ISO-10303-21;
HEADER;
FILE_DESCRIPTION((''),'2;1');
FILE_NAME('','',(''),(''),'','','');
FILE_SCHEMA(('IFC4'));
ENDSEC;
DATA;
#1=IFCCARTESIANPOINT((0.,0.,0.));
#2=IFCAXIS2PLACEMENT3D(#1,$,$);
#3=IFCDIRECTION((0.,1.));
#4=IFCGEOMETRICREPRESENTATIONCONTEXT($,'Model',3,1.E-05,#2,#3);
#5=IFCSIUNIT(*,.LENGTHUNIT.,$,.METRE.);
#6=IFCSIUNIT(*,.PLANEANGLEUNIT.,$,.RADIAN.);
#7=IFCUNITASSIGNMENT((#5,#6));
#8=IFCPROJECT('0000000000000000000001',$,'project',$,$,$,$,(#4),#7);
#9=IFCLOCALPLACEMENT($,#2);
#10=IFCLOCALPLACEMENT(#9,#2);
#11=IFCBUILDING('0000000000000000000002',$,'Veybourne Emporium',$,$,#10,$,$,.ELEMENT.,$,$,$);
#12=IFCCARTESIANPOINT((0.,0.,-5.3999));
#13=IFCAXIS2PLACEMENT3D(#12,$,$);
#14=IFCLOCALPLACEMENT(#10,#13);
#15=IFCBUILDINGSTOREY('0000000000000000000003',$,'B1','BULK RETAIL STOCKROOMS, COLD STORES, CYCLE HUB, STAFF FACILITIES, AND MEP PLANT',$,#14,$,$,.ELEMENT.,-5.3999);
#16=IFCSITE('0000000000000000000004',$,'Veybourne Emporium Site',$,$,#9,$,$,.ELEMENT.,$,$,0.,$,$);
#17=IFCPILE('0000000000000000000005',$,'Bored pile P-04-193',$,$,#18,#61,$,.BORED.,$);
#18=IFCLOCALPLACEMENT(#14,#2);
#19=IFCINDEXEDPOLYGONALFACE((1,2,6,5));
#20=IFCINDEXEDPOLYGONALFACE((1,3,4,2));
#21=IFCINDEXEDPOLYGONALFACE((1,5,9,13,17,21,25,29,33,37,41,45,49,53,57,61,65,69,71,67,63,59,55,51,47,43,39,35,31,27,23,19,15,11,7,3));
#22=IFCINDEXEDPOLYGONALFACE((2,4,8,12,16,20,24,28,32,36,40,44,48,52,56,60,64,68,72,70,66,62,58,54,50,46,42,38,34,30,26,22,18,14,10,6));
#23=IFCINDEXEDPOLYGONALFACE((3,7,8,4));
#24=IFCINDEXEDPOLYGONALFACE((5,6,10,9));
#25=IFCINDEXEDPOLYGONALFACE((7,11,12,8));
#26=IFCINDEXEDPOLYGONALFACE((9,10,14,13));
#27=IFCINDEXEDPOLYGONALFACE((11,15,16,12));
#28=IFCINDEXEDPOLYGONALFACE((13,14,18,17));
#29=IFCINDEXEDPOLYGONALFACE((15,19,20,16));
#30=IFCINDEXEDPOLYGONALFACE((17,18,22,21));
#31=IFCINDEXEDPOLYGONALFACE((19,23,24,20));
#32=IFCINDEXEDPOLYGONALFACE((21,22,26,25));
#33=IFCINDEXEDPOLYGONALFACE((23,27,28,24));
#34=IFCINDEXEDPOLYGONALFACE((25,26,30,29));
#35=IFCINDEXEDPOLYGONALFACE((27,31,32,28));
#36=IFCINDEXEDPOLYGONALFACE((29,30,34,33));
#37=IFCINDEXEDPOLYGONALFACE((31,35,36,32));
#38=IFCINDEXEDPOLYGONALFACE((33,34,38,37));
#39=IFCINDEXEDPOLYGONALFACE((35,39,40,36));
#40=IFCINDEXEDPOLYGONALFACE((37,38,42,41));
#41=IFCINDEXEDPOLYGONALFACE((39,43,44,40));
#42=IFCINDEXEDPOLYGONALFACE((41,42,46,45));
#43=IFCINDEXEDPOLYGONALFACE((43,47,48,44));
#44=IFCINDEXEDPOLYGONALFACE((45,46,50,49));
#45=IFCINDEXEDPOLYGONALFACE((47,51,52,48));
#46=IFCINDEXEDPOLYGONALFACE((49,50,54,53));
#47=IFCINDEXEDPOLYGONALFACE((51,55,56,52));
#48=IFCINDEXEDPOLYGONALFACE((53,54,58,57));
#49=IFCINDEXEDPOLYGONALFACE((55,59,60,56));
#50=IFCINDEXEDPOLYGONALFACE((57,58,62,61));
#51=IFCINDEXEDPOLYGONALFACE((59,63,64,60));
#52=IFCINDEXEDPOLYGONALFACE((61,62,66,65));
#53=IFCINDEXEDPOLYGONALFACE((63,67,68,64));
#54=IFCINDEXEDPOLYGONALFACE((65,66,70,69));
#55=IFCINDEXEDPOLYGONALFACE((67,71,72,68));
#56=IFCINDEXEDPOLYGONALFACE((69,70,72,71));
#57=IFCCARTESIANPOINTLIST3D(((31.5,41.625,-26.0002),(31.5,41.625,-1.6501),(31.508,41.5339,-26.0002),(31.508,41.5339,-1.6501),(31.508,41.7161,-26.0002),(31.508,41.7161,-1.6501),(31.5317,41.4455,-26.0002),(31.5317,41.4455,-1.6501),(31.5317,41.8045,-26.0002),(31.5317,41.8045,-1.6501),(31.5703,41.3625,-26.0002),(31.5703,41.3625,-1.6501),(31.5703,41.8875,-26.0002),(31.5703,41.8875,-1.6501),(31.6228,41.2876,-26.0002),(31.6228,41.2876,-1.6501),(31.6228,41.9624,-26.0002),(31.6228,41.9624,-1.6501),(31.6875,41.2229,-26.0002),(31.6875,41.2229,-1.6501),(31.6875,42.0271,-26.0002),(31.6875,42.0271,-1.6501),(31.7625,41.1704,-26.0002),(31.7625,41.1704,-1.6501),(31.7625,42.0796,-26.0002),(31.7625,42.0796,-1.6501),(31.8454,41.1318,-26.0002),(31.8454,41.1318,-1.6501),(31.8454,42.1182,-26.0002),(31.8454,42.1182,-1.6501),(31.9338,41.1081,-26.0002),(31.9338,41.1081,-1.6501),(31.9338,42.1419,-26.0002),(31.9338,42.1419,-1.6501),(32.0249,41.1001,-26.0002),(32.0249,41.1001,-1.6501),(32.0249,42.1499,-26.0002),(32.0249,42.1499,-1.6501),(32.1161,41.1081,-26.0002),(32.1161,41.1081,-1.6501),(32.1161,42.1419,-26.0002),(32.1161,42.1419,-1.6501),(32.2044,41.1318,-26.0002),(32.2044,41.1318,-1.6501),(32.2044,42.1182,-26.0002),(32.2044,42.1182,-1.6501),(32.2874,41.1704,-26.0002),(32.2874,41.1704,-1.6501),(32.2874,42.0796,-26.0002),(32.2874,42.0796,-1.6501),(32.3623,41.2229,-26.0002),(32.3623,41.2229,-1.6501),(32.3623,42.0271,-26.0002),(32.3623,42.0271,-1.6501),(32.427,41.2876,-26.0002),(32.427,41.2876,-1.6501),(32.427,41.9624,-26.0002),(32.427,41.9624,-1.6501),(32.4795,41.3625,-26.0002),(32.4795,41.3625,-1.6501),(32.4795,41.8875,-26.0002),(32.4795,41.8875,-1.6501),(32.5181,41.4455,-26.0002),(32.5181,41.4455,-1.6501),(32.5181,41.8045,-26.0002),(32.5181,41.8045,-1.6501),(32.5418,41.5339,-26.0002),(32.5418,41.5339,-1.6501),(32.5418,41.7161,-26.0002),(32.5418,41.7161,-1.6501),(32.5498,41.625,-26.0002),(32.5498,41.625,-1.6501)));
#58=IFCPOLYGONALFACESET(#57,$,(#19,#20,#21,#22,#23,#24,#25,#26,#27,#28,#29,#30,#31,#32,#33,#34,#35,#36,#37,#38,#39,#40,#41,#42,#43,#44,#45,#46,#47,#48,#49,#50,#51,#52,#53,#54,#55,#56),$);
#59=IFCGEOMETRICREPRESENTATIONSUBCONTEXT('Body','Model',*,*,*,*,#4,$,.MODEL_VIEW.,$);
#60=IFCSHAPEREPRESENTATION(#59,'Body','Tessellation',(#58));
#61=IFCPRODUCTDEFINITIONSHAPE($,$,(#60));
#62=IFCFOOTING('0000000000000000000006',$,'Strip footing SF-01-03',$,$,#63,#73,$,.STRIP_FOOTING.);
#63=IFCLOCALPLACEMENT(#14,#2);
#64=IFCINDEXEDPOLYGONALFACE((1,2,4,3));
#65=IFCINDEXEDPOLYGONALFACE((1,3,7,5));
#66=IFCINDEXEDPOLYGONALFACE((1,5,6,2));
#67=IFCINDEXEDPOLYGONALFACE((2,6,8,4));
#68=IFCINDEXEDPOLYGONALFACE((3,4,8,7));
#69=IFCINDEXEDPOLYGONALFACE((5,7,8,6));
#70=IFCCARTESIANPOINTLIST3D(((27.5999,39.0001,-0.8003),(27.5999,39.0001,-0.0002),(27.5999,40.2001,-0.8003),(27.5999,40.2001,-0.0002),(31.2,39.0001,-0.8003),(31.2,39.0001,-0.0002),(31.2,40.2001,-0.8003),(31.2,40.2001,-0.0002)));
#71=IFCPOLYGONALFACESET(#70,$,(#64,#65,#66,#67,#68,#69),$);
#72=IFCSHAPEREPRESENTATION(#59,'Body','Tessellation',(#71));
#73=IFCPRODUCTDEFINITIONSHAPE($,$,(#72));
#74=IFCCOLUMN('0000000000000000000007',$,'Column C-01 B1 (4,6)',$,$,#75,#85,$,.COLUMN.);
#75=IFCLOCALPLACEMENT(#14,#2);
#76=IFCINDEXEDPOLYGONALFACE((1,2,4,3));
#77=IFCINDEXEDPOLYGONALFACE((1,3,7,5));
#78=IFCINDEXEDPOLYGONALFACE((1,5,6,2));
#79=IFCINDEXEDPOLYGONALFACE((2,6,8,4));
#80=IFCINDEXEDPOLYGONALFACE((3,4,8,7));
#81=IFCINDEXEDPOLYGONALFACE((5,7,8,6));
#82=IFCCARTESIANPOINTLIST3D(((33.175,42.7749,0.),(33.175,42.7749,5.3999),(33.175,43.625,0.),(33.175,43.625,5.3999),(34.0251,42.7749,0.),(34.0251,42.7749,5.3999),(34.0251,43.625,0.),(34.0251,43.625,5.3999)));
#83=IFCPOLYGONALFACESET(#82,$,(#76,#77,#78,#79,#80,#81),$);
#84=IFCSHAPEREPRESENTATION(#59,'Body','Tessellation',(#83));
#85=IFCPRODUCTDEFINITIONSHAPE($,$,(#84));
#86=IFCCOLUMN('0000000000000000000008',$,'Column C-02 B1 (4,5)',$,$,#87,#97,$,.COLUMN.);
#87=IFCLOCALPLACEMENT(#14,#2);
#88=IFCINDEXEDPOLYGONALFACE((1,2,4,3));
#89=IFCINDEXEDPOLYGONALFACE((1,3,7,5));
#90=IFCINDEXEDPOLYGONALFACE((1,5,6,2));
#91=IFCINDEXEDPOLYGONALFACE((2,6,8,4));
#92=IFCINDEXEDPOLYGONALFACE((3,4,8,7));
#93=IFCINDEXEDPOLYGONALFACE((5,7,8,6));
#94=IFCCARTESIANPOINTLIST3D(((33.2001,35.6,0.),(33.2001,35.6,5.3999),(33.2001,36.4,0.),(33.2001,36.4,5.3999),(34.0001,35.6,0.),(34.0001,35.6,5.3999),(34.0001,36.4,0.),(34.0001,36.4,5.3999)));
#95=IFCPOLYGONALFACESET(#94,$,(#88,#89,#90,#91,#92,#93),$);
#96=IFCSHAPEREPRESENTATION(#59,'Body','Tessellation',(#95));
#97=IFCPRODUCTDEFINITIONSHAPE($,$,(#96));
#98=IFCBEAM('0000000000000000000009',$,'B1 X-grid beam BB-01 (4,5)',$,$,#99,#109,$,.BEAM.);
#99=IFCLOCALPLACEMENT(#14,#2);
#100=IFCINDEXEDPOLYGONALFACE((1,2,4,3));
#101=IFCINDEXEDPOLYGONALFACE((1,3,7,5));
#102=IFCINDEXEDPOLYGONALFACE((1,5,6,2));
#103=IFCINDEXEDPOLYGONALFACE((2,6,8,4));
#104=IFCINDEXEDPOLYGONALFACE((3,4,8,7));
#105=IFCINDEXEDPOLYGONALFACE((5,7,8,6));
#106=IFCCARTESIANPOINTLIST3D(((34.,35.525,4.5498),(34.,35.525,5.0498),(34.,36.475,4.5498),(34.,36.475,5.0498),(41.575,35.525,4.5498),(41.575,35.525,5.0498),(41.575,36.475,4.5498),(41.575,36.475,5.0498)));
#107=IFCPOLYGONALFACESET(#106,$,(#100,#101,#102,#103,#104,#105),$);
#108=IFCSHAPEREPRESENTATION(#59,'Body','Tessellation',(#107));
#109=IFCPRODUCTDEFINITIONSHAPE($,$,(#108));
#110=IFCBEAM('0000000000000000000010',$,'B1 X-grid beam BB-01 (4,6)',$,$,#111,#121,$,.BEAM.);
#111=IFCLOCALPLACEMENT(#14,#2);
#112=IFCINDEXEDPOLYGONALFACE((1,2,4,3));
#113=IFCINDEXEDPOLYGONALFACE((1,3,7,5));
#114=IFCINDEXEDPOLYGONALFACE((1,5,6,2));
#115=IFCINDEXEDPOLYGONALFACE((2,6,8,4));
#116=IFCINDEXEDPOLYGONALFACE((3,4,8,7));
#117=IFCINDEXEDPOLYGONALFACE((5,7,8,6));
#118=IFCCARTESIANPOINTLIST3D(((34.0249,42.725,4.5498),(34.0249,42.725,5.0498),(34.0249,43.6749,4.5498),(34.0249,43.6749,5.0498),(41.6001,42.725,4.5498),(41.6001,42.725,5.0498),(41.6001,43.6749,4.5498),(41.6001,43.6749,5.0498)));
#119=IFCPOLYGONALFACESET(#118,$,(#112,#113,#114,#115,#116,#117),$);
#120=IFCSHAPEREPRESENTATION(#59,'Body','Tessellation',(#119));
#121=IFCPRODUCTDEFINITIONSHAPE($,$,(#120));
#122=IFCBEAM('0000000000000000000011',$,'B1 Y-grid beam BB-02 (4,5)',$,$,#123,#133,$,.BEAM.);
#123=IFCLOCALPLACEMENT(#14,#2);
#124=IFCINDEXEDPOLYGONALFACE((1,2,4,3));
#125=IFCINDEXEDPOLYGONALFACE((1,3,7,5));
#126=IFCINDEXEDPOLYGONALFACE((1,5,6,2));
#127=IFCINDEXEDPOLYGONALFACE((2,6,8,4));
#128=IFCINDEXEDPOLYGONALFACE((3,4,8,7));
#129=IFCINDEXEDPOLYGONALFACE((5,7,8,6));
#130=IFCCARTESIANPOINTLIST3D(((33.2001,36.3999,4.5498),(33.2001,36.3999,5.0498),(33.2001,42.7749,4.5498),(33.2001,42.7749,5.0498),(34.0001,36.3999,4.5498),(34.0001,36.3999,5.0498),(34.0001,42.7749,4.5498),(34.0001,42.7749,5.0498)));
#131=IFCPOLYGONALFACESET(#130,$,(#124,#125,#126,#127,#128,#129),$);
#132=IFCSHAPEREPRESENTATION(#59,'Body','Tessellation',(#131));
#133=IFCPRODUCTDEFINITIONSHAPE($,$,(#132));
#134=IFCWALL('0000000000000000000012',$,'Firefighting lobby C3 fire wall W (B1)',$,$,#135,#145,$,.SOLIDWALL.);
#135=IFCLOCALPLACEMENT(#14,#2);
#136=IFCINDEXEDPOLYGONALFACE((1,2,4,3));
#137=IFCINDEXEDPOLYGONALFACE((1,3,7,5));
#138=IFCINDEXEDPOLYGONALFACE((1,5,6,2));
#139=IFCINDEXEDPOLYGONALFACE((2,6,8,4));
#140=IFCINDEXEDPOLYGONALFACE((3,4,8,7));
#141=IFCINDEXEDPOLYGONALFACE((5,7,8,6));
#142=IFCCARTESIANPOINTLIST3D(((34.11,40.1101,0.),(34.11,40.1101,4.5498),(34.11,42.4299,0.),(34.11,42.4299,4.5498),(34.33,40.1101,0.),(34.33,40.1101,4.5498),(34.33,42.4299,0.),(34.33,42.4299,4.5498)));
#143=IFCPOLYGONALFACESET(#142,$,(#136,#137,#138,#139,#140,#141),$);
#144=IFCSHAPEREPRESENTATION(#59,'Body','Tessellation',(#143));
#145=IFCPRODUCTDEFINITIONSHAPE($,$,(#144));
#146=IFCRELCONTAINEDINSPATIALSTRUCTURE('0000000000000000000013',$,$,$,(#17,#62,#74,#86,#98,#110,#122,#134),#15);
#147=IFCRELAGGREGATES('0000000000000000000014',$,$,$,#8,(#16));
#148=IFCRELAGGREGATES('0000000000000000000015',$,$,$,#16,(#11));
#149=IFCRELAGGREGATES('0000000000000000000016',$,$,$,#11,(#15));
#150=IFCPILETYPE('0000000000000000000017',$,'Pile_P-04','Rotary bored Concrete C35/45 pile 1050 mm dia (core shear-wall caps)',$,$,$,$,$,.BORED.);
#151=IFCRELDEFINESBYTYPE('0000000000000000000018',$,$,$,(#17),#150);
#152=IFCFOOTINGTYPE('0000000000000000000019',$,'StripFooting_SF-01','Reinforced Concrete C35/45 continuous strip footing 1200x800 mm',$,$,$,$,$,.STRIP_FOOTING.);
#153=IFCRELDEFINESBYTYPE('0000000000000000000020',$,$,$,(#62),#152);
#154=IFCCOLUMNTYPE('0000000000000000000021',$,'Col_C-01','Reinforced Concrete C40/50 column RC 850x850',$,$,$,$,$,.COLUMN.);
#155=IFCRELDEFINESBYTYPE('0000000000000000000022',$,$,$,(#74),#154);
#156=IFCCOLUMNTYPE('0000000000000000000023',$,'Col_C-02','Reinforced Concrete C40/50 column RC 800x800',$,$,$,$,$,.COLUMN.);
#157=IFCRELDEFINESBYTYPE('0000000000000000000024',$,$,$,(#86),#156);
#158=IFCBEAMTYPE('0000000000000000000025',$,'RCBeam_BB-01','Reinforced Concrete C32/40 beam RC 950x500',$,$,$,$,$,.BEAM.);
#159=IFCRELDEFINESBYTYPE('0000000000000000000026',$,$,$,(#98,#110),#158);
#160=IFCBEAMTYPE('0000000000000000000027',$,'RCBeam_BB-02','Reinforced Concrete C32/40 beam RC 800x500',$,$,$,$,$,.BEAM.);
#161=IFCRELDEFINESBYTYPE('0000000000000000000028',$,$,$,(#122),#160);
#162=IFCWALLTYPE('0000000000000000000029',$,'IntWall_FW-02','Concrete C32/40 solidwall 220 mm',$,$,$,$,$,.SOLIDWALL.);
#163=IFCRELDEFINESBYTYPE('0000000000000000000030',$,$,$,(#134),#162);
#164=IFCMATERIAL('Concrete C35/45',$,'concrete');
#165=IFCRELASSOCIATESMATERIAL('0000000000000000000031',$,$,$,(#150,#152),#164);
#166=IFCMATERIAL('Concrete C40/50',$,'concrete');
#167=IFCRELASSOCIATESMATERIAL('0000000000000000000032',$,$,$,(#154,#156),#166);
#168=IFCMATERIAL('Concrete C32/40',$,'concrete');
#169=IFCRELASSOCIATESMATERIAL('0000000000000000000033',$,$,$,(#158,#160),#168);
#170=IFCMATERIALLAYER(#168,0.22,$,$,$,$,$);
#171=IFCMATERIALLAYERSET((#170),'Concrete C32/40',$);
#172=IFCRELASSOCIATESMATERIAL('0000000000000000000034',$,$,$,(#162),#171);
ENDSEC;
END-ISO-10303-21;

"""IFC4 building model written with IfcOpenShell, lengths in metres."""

from ifc_helpers import new_model, si_unit, direction, frame, frame_2d, origin, origin_2d, place, context, subcontext, project, spatial, rectangle, circle, extrude, material, layer, layer_set, material_profile, profile_set, type_object, element, save


model = new_model("IFC4")

# Units and contexts
model_context = context("Model", 3, precision=1e-05, world=origin(), true_north=direction((0.0, 1.0)))
body_context = subcontext(model_context, "Body", "Model", "MODEL_VIEW")
ifc_project = project(units=[si_unit("LENGTHUNIT", "METRE"), si_unit("PLANEANGLEUNIT", "RADIAN")], contexts=[model_context])

# Site, building, storey
site_placement = place(None, origin())
site = spatial("IfcSite", under=ifc_project, at=site_placement, Name="Veybourne Emporium Site", CompositionType="ELEMENT", RefElevation=0.0)
building_placement = place(site_placement, origin())
building = spatial("IfcBuilding", under=site, at=building_placement, Name="Veybourne Emporium", CompositionType="ELEMENT")
storey_placement = place(building_placement, frame((0.0, 0.0, -5.3999)))
storey = spatial("IfcBuildingStorey", under=building, at=storey_placement, Name="B1", Description="BULK RETAIL STOCKROOMS, COLD STORES, CYCLE HUB, STAFF FACILITIES, AND MEP PLANT", CompositionType="ELEMENT", Elevation=-5.3999)

# Shared definitions
ifc_material_1 = material(Name="Concrete C35/45", Category="concrete")

# Pile
ifc_material_profile_1 = material_profile(ifc_material_1, circle(Radius=0.5249, at=origin_2d()), Name="BORED PILE 1050")
ifc_profile_set_1 = profile_set([ifc_material_profile_1], Name="Concrete C35/45")
pile_type_1 = type_object("IfcPileType", Name="Pile_P-04", Description="Rotary bored Concrete C35/45 pile 1050 mm dia (core shear-wall caps)", PredefinedType="BORED", material=ifc_profile_set_1)
for number, where, z_axis, x_axis, name in (
    (1, (32.0249, 41.625, -1.6501), (0.0, 0.0, -1.0), (1.0, 0.0, 0.0), "Bored pile P-04-193"),
):
    element("IfcPile", number, at=place(storey_placement, frame(where, z_axis=z_axis, x_axis=x_axis)), inside=storey, type_object=pile_type_1, Name=name, PredefinedType="BORED", context=body_context, shape_type="SweptSolid", body=[
        extrude(circle(Radius=0.5249, at=origin_2d()), origin(), (0.0, 0.0, 1.0), 24.3501),
    ])

# Footing
footing_type_1 = type_object("IfcFootingType", Name="StripFooting_SF-01", Description="Reinforced Concrete C35/45 continuous strip footing 1200x800 mm", PredefinedType="STRIP_FOOTING", material=ifc_material_1)
footing_placement = place(storey_placement, frame((29.3999, 39.6001, -0.8003), z_axis=(0.0, 0.0, 1.0), x_axis=(1.0, 0.0, 0.0)))
element("IfcFooting", 2, at=footing_placement, inside=storey, type_object=footing_type_1, Name="Strip footing SF-01-03", PredefinedType="STRIP_FOOTING", context=body_context, shape_type="SweptSolid", body=[
    extrude(rectangle(XDim=3.6001, YDim=1.2, at=origin_2d()), origin(), (0.0, 0.0, 1.0), 0.8),
])

# Columns
ifc_material_2 = material(Name="Concrete C40/50", Category="concrete")
ifc_material_profile_2 = material_profile(ifc_material_2, rectangle(XDim=0.8501, YDim=0.8501, at=origin_2d()), Name="RC 850x850")
ifc_profile_set_2 = profile_set([ifc_material_profile_2], Name="Concrete C40/50")
column_type_1 = type_object("IfcColumnType", Name="Col_C-01", Description="Reinforced Concrete C40/50 column RC 850x850", PredefinedType="COLUMN", material=ifc_profile_set_2)
column_1_placement = place(storey_placement, frame((33.6001, 43.2, 0.0), z_axis=(0.0, 0.0, 1.0), x_axis=(1.0, 0.0, 0.0)))
element("IfcColumn", 3, at=column_1_placement, inside=storey, type_object=column_type_1, Name="Column C-01 B1 (4,6)", PredefinedType="COLUMN", context=body_context, shape_type="SweptSolid", body=[
    extrude(rectangle(XDim=0.8501, YDim=0.8501, at=origin_2d()), origin(), (0.0, 0.0, 1.0), 5.3999),
])
ifc_material_profile_3 = material_profile(ifc_material_2, rectangle(XDim=0.8, YDim=0.8, at=origin_2d()), Name="RC 800x800")
ifc_profile_set_3 = profile_set([ifc_material_profile_3], Name="Concrete C40/50")
column_type_2 = type_object("IfcColumnType", Name="Col_C-02", Description="Reinforced Concrete C40/50 column RC 800x800", PredefinedType="COLUMN", material=ifc_profile_set_3)
column_2_placement = place(storey_placement, frame((33.6001, 36.0, 0.0), z_axis=(0.0, 0.0, 1.0), x_axis=(1.0, 0.0, 0.0)))
element("IfcColumn", 4, at=column_2_placement, inside=storey, type_object=column_type_2, Name="Column C-02 B1 (4,5)", PredefinedType="COLUMN", context=body_context, shape_type="SweptSolid", body=[
    extrude(rectangle(XDim=0.8, YDim=0.8, at=origin_2d()), origin(), (0.0, 0.0, 1.0), 5.3999),
])

# Beams
ifc_material_3 = material(Name="Concrete C32/40", Category="concrete")
ifc_material_profile_4 = material_profile(ifc_material_3, rectangle(XDim=0.95, YDim=0.5, at=origin_2d()), Name="RC 950x500")
ifc_profile_set_4 = profile_set([ifc_material_profile_4], Name="Concrete C32/40")
beam_type_1 = type_object("IfcBeamType", Name="RCBeam_BB-01", Description="Reinforced Concrete C32/40 beam RC 950x500", PredefinedType="BEAM", material=ifc_profile_set_4)
beam_1_placement = place(storey_placement, frame((34.0, 36.0, 4.7998), z_axis=(1.0, 0.0, 0.0), x_axis=(0.0, 1.0, 0.0)))
element("IfcBeam", 5, at=beam_1_placement, inside=storey, type_object=beam_type_1, Name="B1 X-grid beam BB-01 (4,5)", PredefinedType="BEAM", context=body_context, shape_type="SweptSolid", body=[
    extrude(rectangle(XDim=0.95, YDim=0.5, at=origin_2d()), origin(), (0.0, 0.0, 1.0), 7.575),
])
beam_2_placement = place(storey_placement, frame((34.0249, 43.2, 4.7998), z_axis=(1.0, 0.0, 0.0), x_axis=(0.0, 1.0, 0.0)))
element("IfcBeam", 6, at=beam_2_placement, inside=storey, type_object=beam_type_1, Name="B1 X-grid beam BB-01 (4,6)", PredefinedType="BEAM", context=body_context, shape_type="SweptSolid", body=[
    extrude(rectangle(XDim=0.95, YDim=0.5, at=origin_2d()), origin(), (0.0, 0.0, 1.0), 7.5752),
])
ifc_material_profile_5 = material_profile(ifc_material_3, rectangle(XDim=0.8, YDim=0.5, at=origin_2d()), Name="RC 800x500")
ifc_profile_set_5 = profile_set([ifc_material_profile_5], Name="Concrete C32/40")
beam_type_2 = type_object("IfcBeamType", Name="RCBeam_BB-02", Description="Reinforced Concrete C32/40 beam RC 800x500", PredefinedType="BEAM", material=ifc_profile_set_5)
beam_3_placement = place(storey_placement, frame((33.6001, 36.3999, 4.7998), z_axis=(0.0, 1.0, 0.0), x_axis=(-1.0, 0.0, 0.0)))
element("IfcBeam", 7, at=beam_3_placement, inside=storey, type_object=beam_type_2, Name="B1 Y-grid beam BB-02 (4,5)", PredefinedType="BEAM", context=body_context, shape_type="SweptSolid", body=[
    extrude(rectangle(XDim=0.8, YDim=0.5, at=origin_2d()), origin(), (0.0, 0.0, 1.0), 6.375),
])

# Wall
ifc_layer = layer(ifc_material_3, 0.22)
ifc_layer_set = layer_set([ifc_layer], Name="Concrete C32/40")
wall_type = type_object("IfcWallType", Name="IntWall_FW-02", Description="Concrete C32/40 solidwall 220 mm", PredefinedType="SOLIDWALL", material=ifc_layer_set)
wall_placement = place(storey_placement, frame((34.22, 40.1101, 0.0), z_axis=(0.0, 0.0, 1.0), x_axis=(0.0, 1.0, 0.0)))
element("IfcWall", 8, at=wall_placement, inside=storey, type_object=wall_type, Name="Firefighting lobby C3 fire wall W (B1)", PredefinedType="SOLIDWALL", context=body_context, shape_type="SweptSolid", body=[
    extrude(rectangle(XDim=2.3198, YDim=0.22, at=frame_2d((1.1599, 0.0))), origin(), (0.0, 0.0, 1.0), 4.5498),
])

save(model, "model.ifc")
